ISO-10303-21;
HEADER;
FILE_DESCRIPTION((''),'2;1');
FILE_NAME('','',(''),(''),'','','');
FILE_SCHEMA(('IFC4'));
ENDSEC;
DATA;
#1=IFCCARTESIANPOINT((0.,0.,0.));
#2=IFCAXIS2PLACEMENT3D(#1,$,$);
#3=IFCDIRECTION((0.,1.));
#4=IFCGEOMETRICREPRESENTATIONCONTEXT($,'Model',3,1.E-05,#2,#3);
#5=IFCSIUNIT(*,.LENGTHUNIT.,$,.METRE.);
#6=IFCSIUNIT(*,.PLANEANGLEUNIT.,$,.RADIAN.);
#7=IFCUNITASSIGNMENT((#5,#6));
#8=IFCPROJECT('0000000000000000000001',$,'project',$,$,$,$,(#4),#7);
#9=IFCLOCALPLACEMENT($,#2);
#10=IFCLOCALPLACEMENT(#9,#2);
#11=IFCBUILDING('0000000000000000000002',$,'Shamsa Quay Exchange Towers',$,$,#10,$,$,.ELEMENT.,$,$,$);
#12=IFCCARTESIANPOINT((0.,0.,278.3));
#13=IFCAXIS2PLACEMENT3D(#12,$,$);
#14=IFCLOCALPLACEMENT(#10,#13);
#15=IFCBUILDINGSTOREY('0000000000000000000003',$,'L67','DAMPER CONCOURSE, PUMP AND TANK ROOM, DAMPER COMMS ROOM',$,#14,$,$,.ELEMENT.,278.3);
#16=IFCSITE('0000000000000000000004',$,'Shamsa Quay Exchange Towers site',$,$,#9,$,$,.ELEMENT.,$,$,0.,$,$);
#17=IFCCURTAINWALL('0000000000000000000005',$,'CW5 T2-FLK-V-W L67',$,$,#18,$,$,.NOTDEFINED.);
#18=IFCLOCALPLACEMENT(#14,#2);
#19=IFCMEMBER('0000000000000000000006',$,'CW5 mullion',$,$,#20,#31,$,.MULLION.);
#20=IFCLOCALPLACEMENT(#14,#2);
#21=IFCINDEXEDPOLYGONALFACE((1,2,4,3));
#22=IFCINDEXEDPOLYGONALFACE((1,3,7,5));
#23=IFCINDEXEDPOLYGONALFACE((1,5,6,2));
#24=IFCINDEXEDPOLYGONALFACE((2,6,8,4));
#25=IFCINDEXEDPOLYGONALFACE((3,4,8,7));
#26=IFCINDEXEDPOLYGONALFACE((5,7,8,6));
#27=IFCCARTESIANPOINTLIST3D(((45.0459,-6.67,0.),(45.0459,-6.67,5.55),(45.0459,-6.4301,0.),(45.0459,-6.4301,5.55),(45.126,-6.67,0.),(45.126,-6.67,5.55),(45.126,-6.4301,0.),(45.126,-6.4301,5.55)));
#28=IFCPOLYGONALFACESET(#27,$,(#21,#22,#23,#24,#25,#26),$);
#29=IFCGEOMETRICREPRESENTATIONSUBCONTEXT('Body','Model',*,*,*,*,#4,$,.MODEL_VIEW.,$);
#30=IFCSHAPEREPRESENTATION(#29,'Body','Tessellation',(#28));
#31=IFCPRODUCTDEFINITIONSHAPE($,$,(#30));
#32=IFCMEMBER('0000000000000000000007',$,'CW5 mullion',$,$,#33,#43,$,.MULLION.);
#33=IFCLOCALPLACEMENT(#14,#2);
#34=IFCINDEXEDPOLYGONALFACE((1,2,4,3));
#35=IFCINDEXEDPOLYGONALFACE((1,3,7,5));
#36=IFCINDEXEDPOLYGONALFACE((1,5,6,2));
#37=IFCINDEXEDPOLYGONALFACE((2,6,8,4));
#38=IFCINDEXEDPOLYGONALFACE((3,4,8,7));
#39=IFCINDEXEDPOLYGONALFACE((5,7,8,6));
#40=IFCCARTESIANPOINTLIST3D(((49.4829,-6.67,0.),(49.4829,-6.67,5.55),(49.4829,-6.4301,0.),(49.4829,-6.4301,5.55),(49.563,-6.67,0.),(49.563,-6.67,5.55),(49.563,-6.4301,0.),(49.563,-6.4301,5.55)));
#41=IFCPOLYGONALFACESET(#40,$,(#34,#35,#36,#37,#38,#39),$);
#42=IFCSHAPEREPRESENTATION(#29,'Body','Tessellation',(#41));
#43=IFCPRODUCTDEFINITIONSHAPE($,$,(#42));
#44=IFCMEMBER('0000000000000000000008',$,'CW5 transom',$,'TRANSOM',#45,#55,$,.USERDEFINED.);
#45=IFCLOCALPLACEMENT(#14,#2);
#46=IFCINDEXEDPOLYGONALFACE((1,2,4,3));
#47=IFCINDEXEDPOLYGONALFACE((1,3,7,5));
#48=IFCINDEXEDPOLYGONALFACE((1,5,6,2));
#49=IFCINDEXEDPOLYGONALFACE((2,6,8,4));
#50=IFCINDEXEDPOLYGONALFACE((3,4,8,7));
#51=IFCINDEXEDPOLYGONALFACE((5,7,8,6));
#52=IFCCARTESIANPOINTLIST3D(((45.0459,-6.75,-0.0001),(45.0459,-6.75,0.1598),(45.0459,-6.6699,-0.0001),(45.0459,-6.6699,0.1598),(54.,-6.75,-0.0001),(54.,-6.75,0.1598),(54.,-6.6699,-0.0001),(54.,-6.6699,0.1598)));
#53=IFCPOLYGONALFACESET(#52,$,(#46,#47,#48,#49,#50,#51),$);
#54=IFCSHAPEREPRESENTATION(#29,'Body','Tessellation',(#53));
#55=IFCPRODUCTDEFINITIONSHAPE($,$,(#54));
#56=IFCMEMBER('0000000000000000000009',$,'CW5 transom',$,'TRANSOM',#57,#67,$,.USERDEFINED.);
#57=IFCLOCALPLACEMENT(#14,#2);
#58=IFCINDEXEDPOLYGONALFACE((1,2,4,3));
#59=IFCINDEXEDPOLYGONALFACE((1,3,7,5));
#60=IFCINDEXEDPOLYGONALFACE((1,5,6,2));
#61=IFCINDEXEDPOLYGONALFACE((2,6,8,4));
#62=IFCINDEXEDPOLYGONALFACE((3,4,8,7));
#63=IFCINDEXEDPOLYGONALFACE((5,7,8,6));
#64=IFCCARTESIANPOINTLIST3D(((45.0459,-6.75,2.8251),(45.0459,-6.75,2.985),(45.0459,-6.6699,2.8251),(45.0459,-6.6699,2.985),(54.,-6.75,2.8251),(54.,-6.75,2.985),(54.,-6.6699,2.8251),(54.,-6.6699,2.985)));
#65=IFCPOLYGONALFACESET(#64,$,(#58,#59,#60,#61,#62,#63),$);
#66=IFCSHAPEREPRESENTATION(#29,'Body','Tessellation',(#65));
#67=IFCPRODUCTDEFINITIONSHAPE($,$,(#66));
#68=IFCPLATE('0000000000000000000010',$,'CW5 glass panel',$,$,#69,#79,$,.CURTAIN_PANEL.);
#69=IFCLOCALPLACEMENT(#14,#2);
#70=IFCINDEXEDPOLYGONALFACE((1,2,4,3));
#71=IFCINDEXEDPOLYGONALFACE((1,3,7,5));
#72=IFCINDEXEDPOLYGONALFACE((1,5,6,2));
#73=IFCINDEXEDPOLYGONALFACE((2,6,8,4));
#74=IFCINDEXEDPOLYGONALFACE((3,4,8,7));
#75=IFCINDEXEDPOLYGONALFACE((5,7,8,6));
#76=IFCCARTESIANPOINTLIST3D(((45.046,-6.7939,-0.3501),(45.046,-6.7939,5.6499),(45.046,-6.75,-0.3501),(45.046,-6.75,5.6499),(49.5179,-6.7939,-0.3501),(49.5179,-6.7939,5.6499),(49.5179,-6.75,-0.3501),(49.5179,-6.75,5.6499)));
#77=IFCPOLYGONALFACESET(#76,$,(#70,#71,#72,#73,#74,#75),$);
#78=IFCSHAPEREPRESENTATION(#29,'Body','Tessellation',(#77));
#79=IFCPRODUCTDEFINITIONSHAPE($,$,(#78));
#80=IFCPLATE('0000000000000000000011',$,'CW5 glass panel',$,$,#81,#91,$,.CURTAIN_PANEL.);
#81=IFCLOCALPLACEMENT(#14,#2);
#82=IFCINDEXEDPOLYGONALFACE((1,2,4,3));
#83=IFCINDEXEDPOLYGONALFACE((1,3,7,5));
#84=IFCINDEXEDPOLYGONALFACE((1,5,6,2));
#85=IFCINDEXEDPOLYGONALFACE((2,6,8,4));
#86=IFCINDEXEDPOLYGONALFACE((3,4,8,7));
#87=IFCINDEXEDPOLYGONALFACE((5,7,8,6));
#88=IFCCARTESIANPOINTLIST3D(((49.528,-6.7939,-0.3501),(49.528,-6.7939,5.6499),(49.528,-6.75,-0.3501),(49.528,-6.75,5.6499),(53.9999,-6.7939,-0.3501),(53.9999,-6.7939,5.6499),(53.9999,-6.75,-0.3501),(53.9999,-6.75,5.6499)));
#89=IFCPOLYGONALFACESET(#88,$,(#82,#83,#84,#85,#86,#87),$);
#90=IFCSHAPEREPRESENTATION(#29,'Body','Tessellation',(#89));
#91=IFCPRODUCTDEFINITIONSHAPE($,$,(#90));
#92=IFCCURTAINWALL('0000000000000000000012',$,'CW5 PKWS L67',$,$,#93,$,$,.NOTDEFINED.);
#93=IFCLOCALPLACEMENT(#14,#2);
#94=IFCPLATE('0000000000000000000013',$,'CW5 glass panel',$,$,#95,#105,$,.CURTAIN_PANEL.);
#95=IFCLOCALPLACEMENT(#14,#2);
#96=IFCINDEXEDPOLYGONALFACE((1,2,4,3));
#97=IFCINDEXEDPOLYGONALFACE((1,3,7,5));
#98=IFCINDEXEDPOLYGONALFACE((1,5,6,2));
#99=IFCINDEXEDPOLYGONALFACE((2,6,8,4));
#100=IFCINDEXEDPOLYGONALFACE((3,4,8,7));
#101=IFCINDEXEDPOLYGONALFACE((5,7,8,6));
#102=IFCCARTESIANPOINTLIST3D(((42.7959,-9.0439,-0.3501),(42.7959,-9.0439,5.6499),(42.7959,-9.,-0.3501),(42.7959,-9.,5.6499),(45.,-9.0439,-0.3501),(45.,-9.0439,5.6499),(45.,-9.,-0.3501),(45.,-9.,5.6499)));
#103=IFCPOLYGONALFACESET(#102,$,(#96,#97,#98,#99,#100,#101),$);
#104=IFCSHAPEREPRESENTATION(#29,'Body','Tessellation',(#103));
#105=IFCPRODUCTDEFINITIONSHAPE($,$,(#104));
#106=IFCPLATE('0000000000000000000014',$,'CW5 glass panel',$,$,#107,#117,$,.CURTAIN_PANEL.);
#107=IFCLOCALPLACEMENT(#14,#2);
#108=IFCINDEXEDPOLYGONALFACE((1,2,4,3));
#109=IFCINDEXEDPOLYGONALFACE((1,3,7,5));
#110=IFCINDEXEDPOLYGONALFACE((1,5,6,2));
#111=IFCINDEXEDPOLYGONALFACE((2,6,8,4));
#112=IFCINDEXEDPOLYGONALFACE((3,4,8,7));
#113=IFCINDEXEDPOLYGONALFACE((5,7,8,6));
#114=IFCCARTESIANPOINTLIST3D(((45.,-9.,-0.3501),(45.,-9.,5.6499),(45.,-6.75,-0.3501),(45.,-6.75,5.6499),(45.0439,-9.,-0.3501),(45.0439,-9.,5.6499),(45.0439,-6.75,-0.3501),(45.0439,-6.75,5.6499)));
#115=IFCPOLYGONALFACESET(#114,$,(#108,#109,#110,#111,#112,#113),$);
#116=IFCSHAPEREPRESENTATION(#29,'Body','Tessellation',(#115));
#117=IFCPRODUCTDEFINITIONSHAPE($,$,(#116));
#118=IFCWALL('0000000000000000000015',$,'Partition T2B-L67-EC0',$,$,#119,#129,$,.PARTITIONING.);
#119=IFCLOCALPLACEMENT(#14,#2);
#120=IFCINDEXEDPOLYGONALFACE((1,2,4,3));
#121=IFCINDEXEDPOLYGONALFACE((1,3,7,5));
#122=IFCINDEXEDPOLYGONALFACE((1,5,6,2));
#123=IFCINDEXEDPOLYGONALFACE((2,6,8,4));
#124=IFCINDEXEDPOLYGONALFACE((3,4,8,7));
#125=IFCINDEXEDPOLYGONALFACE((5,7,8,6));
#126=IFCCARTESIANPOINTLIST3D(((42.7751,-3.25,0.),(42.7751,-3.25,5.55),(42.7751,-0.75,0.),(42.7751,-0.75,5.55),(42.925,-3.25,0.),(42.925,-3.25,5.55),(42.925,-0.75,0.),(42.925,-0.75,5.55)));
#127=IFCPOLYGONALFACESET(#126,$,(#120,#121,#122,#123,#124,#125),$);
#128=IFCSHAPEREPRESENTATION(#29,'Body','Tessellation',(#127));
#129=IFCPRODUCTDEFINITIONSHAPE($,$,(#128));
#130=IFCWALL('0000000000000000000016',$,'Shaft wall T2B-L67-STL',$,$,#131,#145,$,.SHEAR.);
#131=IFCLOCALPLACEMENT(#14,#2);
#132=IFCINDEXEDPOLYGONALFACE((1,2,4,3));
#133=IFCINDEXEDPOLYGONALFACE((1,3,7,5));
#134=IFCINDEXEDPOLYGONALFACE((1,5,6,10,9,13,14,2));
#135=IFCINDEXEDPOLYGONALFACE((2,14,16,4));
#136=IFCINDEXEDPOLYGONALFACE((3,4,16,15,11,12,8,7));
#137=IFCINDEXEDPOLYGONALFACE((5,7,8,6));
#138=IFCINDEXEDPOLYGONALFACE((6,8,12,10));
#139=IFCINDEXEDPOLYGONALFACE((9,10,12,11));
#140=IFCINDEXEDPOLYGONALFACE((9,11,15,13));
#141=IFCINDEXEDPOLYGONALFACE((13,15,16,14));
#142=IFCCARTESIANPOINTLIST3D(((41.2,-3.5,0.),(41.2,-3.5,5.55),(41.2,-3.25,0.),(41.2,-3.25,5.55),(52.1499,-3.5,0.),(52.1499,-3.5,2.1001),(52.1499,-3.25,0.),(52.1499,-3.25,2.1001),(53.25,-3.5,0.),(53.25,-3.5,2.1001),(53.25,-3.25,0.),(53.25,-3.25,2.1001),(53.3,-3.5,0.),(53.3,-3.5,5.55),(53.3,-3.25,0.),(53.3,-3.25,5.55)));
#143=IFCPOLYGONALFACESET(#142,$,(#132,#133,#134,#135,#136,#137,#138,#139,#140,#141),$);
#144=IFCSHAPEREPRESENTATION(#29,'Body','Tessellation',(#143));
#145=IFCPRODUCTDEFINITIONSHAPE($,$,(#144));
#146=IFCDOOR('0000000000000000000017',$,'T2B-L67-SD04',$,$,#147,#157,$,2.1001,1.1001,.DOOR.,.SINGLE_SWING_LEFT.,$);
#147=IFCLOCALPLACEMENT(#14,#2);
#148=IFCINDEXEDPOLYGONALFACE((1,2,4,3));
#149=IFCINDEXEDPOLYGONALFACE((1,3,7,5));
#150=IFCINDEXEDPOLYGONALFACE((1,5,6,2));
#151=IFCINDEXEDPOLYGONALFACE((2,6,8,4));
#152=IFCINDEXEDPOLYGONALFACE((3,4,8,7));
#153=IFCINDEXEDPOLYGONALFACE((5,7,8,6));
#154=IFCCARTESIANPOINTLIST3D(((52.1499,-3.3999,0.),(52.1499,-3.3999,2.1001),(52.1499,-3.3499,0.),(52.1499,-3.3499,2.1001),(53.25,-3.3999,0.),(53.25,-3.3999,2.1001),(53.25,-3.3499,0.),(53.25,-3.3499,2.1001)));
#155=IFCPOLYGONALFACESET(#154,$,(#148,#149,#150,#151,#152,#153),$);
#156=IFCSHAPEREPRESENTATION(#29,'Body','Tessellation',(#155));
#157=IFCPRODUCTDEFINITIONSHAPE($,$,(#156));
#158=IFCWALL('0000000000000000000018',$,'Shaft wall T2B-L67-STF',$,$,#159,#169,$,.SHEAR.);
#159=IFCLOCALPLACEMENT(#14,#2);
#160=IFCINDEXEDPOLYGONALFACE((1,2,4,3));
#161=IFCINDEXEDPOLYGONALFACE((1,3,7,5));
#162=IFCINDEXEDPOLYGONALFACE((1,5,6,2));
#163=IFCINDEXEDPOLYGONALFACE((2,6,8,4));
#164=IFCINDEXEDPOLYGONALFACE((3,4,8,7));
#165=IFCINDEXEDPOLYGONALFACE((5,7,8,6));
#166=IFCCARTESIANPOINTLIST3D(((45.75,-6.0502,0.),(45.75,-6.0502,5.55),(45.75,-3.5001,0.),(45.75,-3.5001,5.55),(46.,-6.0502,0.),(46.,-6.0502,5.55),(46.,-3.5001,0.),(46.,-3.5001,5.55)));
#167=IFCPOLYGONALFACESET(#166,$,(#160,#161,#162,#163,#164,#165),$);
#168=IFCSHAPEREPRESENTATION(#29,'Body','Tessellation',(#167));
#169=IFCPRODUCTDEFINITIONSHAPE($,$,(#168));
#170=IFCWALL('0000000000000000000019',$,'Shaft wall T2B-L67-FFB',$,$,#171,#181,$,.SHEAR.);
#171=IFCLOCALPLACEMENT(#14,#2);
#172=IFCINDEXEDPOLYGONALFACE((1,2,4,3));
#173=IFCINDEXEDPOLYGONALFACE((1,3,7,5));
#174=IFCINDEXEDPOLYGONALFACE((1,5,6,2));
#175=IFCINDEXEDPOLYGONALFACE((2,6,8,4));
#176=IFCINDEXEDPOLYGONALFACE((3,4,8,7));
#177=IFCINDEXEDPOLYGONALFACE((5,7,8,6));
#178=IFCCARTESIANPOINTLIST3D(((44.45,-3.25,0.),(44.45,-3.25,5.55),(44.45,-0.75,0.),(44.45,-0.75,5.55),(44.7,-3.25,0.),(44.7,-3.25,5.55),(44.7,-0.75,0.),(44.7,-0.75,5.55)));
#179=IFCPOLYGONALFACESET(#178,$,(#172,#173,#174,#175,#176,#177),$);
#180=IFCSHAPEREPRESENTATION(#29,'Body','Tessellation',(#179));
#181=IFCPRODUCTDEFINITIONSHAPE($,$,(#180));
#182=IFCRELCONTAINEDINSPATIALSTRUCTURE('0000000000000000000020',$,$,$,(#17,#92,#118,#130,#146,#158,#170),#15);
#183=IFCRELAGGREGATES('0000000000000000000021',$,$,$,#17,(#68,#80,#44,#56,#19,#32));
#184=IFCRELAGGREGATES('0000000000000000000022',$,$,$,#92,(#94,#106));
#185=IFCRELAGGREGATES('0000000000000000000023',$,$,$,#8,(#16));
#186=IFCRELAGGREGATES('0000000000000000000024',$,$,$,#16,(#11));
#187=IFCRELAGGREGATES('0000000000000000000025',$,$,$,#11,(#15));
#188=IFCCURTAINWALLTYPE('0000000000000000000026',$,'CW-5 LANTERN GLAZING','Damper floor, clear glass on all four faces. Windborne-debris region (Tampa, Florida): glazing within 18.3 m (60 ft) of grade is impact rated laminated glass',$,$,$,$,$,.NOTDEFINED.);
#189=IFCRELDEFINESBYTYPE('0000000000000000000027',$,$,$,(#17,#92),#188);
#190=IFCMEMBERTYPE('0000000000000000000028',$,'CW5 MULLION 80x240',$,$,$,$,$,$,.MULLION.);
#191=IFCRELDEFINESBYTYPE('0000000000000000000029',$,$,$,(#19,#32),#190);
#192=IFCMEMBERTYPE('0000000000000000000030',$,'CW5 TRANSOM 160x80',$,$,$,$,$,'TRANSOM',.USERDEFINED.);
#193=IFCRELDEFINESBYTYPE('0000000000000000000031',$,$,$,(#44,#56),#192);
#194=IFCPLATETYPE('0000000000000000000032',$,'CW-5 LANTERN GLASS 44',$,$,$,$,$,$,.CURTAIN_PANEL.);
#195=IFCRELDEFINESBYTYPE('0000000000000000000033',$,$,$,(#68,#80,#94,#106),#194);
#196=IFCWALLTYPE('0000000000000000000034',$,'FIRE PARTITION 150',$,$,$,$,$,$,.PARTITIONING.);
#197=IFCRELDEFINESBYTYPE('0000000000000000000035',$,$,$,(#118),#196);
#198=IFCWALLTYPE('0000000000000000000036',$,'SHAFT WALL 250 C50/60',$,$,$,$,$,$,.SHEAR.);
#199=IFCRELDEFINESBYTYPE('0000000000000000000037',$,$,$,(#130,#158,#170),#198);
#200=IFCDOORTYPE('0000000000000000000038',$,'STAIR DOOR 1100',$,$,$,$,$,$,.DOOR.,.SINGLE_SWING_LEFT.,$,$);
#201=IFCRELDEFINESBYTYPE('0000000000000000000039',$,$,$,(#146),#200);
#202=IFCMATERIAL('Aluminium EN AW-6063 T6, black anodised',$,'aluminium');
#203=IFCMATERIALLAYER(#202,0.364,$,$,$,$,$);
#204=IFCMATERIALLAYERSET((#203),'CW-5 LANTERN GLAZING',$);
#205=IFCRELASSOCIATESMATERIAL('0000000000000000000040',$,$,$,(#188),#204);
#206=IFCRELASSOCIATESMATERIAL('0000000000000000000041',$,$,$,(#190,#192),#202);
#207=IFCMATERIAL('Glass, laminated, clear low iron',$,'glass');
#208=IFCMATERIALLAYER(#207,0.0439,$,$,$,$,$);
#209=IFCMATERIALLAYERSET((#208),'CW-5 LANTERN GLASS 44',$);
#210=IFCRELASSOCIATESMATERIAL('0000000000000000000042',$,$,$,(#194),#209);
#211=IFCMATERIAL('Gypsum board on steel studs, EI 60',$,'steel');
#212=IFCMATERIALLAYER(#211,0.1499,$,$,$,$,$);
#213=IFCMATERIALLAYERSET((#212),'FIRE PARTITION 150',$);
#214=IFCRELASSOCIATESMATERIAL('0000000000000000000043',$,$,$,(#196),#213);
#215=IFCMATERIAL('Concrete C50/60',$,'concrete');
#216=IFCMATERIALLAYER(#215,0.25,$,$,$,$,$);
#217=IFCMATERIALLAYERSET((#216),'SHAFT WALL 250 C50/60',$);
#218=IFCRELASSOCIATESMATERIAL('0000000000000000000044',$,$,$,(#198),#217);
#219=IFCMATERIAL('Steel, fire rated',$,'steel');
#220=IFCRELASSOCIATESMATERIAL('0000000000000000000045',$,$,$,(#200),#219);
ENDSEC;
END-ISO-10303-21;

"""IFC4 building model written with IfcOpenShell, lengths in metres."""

from ifc_helpers import new_model, si_unit, direction, frame, frame_2d, origin, origin_2d, place, context, subcontext, project, spatial, rectangle, extrude, material, layer, layer_set, material_profile, profile_set, type_object, element, fill, aggregate, save


model = new_model("IFC4")

# Units and contexts
model_context = context("Model", 3, precision=1e-05, world=origin(), true_north=direction((0.0, 1.0)))
body_context = subcontext(model_context, "Body", "Model", "MODEL_VIEW")
ifc_project = project(units=[si_unit("LENGTHUNIT", "METRE"), si_unit("PLANEANGLEUNIT", "RADIAN")], contexts=[model_context])

# Site, building, storey
site_placement = place(None, origin())
site = spatial("IfcSite", under=ifc_project, at=site_placement, Name="Shamsa Quay Exchange Towers site", CompositionType="ELEMENT", RefElevation=0.0)
building_placement = place(site_placement, origin())
building = spatial("IfcBuilding", under=site, at=building_placement, Name="Shamsa Quay Exchange Towers", CompositionType="ELEMENT")
storey_placement = place(building_placement, frame((0.0, 0.0, 278.3)))
storey = spatial("IfcBuildingStorey", under=building, at=storey_placement, Name="L67", Description="DAMPER CONCOURSE, PUMP AND TANK ROOM, DAMPER COMMS ROOM", CompositionType="ELEMENT", Elevation=278.3)

# Curtain wall, members, plates
ifc_material_1 = material(Name="Aluminium EN AW-6063 T6, black anodised", Category="aluminium")
ifc_layer_1 = layer(ifc_material_1, 0.364)
ifc_layer_set_1 = layer_set([ifc_layer_1], Name="CW-5 LANTERN GLAZING")
curtain_wall_type = type_object("IfcCurtainWallType", Name="CW-5 LANTERN GLAZING", Description="Damper floor, clear glass on all four faces. Windborne-debris region (Tampa, Florida): glazing within 18.3 m (60 ft) of grade is impact rated laminated glass", PredefinedType="NOTDEFINED", material=ifc_layer_set_1)
curtain_wall_1_placement = place(storey_placement, origin())
curtain_wall_1 = element("IfcCurtainWall", 1, at=curtain_wall_1_placement, inside=storey, type_object=curtain_wall_type, Name="CW5 T2-FLK-V-W L67", PredefinedType="NOTDEFINED")
ifc_material_profile_1 = material_profile(ifc_material_1, rectangle(XDim=0.24, YDim=0.0801, at=origin_2d()), Name="MU80x240")
ifc_profile_set_1 = profile_set([ifc_material_profile_1], Name="Aluminium EN AW-6063 T6, black anodised")
member_type_1 = type_object("IfcMemberType", Name="CW5 MULLION 80x240", PredefinedType="MULLION", material=ifc_profile_set_1)
member_1_placement = place(storey_placement, frame((45.0859, -6.55, 0.0), z_axis=(0.0, 0.0, 1.0), x_axis=(0.0, 1.0, 0.0)))
member_1 = element("IfcMember", 2, at=member_1_placement, type_object=member_type_1, Name="CW5 mullion", PredefinedType="MULLION", context=body_context, shape_type="SweptSolid", body=[
    extrude(rectangle(XDim=0.24, YDim=0.0801, at=origin_2d()), origin(), (0.0, 0.0, 1.0), 5.55),
])
member_2_placement = place(storey_placement, frame((49.5229, -6.55, 0.0), z_axis=(0.0, 0.0, 1.0), x_axis=(0.0, 1.0, 0.0)))
member_2 = element("IfcMember", 3, at=member_2_placement, type_object=member_type_1, Name="CW5 mullion", PredefinedType="MULLION", context=body_context, shape_type="SweptSolid", body=[
    extrude(rectangle(XDim=0.24, YDim=0.0801, at=origin_2d()), origin(), (0.0, 0.0, 1.0), 5.55),
])
ifc_material_profile_2 = material_profile(ifc_material_1, rectangle(XDim=0.0801, YDim=0.1599, at=origin_2d()), Name="TR160x80")
ifc_profile_set_2 = profile_set([ifc_material_profile_2], Name="Aluminium EN AW-6063 T6, black anodised")
member_type_2 = type_object("IfcMemberType", Name="CW5 TRANSOM 160x80", ElementType="TRANSOM", PredefinedType="USERDEFINED", material=ifc_profile_set_2)
member_3_placement = place(storey_placement, frame((45.0459, -6.71, 0.0798), z_axis=(1.0, 0.0, 0.0), x_axis=(0.0, 1.0, 0.0)))
member_3 = element("IfcMember", 4, at=member_3_placement, type_object=member_type_2, Name="CW5 transom", ObjectType="TRANSOM", PredefinedType="USERDEFINED", context=body_context, shape_type="SweptSolid", body=[
    extrude(rectangle(XDim=0.0801, YDim=0.1599, at=origin_2d()), origin(), (0.0, 0.0, 1.0), 8.9541),
])
member_4_placement = place(storey_placement, frame((45.0459, -6.71, 2.905), z_axis=(1.0, 0.0, 0.0), x_axis=(0.0, 1.0, 0.0)))
member_4 = element("IfcMember", 5, at=member_4_placement, type_object=member_type_2, Name="CW5 transom", ObjectType="TRANSOM", PredefinedType="USERDEFINED", context=body_context, shape_type="SweptSolid", body=[
    extrude(rectangle(XDim=0.0801, YDim=0.1599, at=origin_2d()), origin(), (0.0, 0.0, 1.0), 8.9541),
])
ifc_material_2 = material(Name="Glass, laminated, clear low iron", Category="glass")
ifc_layer_2 = layer(ifc_material_2, 0.0439)
ifc_layer_set_2 = layer_set([ifc_layer_2], Name="CW-5 LANTERN GLASS 44")
plate_type = type_object("IfcPlateType", Name="CW-5 LANTERN GLASS 44", PredefinedType="CURTAIN_PANEL", material=ifc_layer_set_2)
plate_1_placement = place(storey_placement, frame((47.282, -6.772, -0.3501)))
plate_1 = element("IfcPlate", 6, at=plate_1_placement, type_object=plate_type, Name="CW5 glass panel", PredefinedType="CURTAIN_PANEL", context=body_context, shape_type="SweptSolid", body=[
    extrude(rectangle(XDim=4.4719, YDim=0.0439, at=origin_2d()), origin(), (0.0, 0.0, 1.0), 6.0),
])
plate_2_placement = place(storey_placement, frame((51.7639, -6.772, -0.3501)))
plate_2 = element("IfcPlate", 7, at=plate_2_placement, type_object=plate_type, Name="CW5 glass panel", PredefinedType="CURTAIN_PANEL", context=body_context, shape_type="SweptSolid", body=[
    extrude(rectangle(XDim=4.4719, YDim=0.0439, at=origin_2d()), origin(), (0.0, 0.0, 1.0), 6.0),
])
aggregate(curtain_wall_1, [plate_1, plate_2, member_3, member_4, member_1, member_2])

# Curtain wall, plates
curtain_wall_2_placement = place(storey_placement, origin())
curtain_wall_2 = element("IfcCurtainWall", 8, at=curtain_wall_2_placement, inside=storey, type_object=curtain_wall_type, Name="CW5 PKWS L67", PredefinedType="NOTDEFINED")
plate_3_placement = place(storey_placement, frame((43.8979, -9.022, -0.3501)))
plate_3 = element("IfcPlate", 9, at=plate_3_placement, type_object=plate_type, Name="CW5 glass panel", PredefinedType="CURTAIN_PANEL", context=body_context, shape_type="SweptSolid", body=[
    extrude(rectangle(XDim=2.2041, YDim=0.0439, at=origin_2d()), origin(), (0.0, 0.0, 1.0), 6.0),
])
plate_4_placement = place(storey_placement, frame((45.022, -7.875, -0.3501), z_axis=(0.0, 0.0, 1.0), x_axis=(0.0, 1.0, 0.0)))
plate_4 = element("IfcPlate", 10, at=plate_4_placement, type_object=plate_type, Name="CW5 glass panel", PredefinedType="CURTAIN_PANEL", context=body_context, shape_type="SweptSolid", body=[
    extrude(rectangle(XDim=2.25, YDim=0.0439, at=origin_2d()), origin(), (0.0, 0.0, 1.0), 6.0),
])
aggregate(curtain_wall_2, [plate_3, plate_4])

# Wall
ifc_material_3 = material(Name="Gypsum board on steel studs, EI 60", Category="steel")
ifc_layer_3 = layer(ifc_material_3, 0.1499)
ifc_layer_set_3 = layer_set([ifc_layer_3], Name="FIRE PARTITION 150")
wall_type_1 = type_object("IfcWallType", Name="FIRE PARTITION 150", PredefinedType="PARTITIONING", material=ifc_layer_set_3)
wall_1_placement = place(storey_placement, frame((42.8501, -3.25, 0.0), z_axis=(0.0, 0.0, 1.0), x_axis=(0.0, 1.0, 0.0)))
element("IfcWall", 11, at=wall_1_placement, inside=storey, type_object=wall_type_1, Name="Partition T2B-L67-EC0", PredefinedType="PARTITIONING", context=body_context, shape_type="SweptSolid", body=[
    extrude(rectangle(XDim=2.5, YDim=0.1499, at=frame_2d((1.25, 0.0))), origin(), (0.0, 0.0, 1.0), 5.55),
])

# Wall, opening, door
ifc_material_4 = material(Name="Concrete C50/60", Category="concrete")
ifc_layer_4 = layer(ifc_material_4, 0.25)
ifc_layer_set_4 = layer_set([ifc_layer_4], Name="SHAFT WALL 250 C50/60")
wall_type_2 = type_object("IfcWallType", Name="SHAFT WALL 250 C50/60", PredefinedType="SHEAR", material=ifc_layer_set_4)
wall_2_placement = place(storey_placement, frame((53.3, -3.375, 0.0), z_axis=(0.0, 0.0, 1.0), x_axis=(-1.0, 0.0, 0.0)))
wall_2 = element("IfcWall", 12, at=wall_2_placement, inside=storey, type_object=wall_type_2, Name="Shaft wall T2B-L67-STL", PredefinedType="SHEAR", context=body_context, shape_type="SweptSolid", body=[
    extrude(rectangle(XDim=12.1001, YDim=0.25, at=frame_2d((6.05, 0.0))), origin(), (0.0, 0.0, 1.0), 5.55),
])
opening_1_placement = place(wall_2_placement, frame((0.05, 0.0, 0.0)))
opening_1 = element("IfcOpeningElement", 13, at=opening_1_placement, cuts=wall_2, PredefinedType="OPENING", context=body_context, shape_type="SweptSolid", body=[
    extrude(rectangle(XDim=1.1001, YDim=2.1001, at=frame_2d((0.55, 1.05))), frame((0.0, 0.135, 0.0), z_axis=(0.0, -1.0, 0.0), x_axis=(1.0, 0.0, 0.0)), (0.0, 0.0, 1.0), 0.27),
])
ifc_material_5 = material(Name="Steel, fire rated", Category="steel")
door_type_1 = type_object("IfcDoorType", Name="STAIR DOOR 1100", OperationType="SINGLE_SWING_LEFT", PredefinedType="DOOR", material=ifc_material_5)
door_1_placement = place(opening_1_placement, origin())
door_1 = element("IfcDoor", 14, at=door_1_placement, inside=storey, type_object=door_type_1, Name="T2B-L67-SD04", OperationType="SINGLE_SWING_LEFT", OverallHeight=2.1001, OverallWidth=1.1001, PredefinedType="DOOR", context=body_context, shape_type="SweptSolid", body=[
    extrude(rectangle(XDim=1.1001, YDim=2.1001, at=frame_2d((0.55, 1.05))), frame((0.0, 0.0249, 0.0), z_axis=(0.0, -1.0, 0.0), x_axis=(1.0, 0.0, 0.0)), (0.0, 0.0, 1.0), 0.05),
])
fill(opening_1, door_1)

# Wall
wall_3_placement = place(storey_placement, frame((45.875, -6.05, 0.0), z_axis=(0.0, 0.0, 1.0), x_axis=(0.0, 1.0, 0.0)))
element("IfcWall", 15, at=wall_3_placement, inside=storey, type_object=wall_type_2, Name="Shaft wall T2B-L67-STF", PredefinedType="SHEAR", context=body_context, shape_type="SweptSolid", body=[
    extrude(rectangle(XDim=2.55, YDim=0.25, at=frame_2d((1.2749, 0.0))), origin(), (0.0, 0.0, 1.0), 5.55),
])

# Wall
wall_4_placement = place(storey_placement, frame((44.575, -3.25, 0.0), z_axis=(0.0, 0.0, 1.0), x_axis=(0.0, 1.0, 0.0)))
element("IfcWall", 16, at=wall_4_placement, inside=storey, type_object=wall_type_2, Name="Shaft wall T2B-L67-FFB", PredefinedType="SHEAR", context=body_context, shape_type="SweptSolid", body=[
    extrude(rectangle(XDim=2.5, YDim=0.25, at=frame_2d((1.25, 0.0))), origin(), (0.0, 0.0, 1.0), 5.55),
])

save(model, "model.ifc")
